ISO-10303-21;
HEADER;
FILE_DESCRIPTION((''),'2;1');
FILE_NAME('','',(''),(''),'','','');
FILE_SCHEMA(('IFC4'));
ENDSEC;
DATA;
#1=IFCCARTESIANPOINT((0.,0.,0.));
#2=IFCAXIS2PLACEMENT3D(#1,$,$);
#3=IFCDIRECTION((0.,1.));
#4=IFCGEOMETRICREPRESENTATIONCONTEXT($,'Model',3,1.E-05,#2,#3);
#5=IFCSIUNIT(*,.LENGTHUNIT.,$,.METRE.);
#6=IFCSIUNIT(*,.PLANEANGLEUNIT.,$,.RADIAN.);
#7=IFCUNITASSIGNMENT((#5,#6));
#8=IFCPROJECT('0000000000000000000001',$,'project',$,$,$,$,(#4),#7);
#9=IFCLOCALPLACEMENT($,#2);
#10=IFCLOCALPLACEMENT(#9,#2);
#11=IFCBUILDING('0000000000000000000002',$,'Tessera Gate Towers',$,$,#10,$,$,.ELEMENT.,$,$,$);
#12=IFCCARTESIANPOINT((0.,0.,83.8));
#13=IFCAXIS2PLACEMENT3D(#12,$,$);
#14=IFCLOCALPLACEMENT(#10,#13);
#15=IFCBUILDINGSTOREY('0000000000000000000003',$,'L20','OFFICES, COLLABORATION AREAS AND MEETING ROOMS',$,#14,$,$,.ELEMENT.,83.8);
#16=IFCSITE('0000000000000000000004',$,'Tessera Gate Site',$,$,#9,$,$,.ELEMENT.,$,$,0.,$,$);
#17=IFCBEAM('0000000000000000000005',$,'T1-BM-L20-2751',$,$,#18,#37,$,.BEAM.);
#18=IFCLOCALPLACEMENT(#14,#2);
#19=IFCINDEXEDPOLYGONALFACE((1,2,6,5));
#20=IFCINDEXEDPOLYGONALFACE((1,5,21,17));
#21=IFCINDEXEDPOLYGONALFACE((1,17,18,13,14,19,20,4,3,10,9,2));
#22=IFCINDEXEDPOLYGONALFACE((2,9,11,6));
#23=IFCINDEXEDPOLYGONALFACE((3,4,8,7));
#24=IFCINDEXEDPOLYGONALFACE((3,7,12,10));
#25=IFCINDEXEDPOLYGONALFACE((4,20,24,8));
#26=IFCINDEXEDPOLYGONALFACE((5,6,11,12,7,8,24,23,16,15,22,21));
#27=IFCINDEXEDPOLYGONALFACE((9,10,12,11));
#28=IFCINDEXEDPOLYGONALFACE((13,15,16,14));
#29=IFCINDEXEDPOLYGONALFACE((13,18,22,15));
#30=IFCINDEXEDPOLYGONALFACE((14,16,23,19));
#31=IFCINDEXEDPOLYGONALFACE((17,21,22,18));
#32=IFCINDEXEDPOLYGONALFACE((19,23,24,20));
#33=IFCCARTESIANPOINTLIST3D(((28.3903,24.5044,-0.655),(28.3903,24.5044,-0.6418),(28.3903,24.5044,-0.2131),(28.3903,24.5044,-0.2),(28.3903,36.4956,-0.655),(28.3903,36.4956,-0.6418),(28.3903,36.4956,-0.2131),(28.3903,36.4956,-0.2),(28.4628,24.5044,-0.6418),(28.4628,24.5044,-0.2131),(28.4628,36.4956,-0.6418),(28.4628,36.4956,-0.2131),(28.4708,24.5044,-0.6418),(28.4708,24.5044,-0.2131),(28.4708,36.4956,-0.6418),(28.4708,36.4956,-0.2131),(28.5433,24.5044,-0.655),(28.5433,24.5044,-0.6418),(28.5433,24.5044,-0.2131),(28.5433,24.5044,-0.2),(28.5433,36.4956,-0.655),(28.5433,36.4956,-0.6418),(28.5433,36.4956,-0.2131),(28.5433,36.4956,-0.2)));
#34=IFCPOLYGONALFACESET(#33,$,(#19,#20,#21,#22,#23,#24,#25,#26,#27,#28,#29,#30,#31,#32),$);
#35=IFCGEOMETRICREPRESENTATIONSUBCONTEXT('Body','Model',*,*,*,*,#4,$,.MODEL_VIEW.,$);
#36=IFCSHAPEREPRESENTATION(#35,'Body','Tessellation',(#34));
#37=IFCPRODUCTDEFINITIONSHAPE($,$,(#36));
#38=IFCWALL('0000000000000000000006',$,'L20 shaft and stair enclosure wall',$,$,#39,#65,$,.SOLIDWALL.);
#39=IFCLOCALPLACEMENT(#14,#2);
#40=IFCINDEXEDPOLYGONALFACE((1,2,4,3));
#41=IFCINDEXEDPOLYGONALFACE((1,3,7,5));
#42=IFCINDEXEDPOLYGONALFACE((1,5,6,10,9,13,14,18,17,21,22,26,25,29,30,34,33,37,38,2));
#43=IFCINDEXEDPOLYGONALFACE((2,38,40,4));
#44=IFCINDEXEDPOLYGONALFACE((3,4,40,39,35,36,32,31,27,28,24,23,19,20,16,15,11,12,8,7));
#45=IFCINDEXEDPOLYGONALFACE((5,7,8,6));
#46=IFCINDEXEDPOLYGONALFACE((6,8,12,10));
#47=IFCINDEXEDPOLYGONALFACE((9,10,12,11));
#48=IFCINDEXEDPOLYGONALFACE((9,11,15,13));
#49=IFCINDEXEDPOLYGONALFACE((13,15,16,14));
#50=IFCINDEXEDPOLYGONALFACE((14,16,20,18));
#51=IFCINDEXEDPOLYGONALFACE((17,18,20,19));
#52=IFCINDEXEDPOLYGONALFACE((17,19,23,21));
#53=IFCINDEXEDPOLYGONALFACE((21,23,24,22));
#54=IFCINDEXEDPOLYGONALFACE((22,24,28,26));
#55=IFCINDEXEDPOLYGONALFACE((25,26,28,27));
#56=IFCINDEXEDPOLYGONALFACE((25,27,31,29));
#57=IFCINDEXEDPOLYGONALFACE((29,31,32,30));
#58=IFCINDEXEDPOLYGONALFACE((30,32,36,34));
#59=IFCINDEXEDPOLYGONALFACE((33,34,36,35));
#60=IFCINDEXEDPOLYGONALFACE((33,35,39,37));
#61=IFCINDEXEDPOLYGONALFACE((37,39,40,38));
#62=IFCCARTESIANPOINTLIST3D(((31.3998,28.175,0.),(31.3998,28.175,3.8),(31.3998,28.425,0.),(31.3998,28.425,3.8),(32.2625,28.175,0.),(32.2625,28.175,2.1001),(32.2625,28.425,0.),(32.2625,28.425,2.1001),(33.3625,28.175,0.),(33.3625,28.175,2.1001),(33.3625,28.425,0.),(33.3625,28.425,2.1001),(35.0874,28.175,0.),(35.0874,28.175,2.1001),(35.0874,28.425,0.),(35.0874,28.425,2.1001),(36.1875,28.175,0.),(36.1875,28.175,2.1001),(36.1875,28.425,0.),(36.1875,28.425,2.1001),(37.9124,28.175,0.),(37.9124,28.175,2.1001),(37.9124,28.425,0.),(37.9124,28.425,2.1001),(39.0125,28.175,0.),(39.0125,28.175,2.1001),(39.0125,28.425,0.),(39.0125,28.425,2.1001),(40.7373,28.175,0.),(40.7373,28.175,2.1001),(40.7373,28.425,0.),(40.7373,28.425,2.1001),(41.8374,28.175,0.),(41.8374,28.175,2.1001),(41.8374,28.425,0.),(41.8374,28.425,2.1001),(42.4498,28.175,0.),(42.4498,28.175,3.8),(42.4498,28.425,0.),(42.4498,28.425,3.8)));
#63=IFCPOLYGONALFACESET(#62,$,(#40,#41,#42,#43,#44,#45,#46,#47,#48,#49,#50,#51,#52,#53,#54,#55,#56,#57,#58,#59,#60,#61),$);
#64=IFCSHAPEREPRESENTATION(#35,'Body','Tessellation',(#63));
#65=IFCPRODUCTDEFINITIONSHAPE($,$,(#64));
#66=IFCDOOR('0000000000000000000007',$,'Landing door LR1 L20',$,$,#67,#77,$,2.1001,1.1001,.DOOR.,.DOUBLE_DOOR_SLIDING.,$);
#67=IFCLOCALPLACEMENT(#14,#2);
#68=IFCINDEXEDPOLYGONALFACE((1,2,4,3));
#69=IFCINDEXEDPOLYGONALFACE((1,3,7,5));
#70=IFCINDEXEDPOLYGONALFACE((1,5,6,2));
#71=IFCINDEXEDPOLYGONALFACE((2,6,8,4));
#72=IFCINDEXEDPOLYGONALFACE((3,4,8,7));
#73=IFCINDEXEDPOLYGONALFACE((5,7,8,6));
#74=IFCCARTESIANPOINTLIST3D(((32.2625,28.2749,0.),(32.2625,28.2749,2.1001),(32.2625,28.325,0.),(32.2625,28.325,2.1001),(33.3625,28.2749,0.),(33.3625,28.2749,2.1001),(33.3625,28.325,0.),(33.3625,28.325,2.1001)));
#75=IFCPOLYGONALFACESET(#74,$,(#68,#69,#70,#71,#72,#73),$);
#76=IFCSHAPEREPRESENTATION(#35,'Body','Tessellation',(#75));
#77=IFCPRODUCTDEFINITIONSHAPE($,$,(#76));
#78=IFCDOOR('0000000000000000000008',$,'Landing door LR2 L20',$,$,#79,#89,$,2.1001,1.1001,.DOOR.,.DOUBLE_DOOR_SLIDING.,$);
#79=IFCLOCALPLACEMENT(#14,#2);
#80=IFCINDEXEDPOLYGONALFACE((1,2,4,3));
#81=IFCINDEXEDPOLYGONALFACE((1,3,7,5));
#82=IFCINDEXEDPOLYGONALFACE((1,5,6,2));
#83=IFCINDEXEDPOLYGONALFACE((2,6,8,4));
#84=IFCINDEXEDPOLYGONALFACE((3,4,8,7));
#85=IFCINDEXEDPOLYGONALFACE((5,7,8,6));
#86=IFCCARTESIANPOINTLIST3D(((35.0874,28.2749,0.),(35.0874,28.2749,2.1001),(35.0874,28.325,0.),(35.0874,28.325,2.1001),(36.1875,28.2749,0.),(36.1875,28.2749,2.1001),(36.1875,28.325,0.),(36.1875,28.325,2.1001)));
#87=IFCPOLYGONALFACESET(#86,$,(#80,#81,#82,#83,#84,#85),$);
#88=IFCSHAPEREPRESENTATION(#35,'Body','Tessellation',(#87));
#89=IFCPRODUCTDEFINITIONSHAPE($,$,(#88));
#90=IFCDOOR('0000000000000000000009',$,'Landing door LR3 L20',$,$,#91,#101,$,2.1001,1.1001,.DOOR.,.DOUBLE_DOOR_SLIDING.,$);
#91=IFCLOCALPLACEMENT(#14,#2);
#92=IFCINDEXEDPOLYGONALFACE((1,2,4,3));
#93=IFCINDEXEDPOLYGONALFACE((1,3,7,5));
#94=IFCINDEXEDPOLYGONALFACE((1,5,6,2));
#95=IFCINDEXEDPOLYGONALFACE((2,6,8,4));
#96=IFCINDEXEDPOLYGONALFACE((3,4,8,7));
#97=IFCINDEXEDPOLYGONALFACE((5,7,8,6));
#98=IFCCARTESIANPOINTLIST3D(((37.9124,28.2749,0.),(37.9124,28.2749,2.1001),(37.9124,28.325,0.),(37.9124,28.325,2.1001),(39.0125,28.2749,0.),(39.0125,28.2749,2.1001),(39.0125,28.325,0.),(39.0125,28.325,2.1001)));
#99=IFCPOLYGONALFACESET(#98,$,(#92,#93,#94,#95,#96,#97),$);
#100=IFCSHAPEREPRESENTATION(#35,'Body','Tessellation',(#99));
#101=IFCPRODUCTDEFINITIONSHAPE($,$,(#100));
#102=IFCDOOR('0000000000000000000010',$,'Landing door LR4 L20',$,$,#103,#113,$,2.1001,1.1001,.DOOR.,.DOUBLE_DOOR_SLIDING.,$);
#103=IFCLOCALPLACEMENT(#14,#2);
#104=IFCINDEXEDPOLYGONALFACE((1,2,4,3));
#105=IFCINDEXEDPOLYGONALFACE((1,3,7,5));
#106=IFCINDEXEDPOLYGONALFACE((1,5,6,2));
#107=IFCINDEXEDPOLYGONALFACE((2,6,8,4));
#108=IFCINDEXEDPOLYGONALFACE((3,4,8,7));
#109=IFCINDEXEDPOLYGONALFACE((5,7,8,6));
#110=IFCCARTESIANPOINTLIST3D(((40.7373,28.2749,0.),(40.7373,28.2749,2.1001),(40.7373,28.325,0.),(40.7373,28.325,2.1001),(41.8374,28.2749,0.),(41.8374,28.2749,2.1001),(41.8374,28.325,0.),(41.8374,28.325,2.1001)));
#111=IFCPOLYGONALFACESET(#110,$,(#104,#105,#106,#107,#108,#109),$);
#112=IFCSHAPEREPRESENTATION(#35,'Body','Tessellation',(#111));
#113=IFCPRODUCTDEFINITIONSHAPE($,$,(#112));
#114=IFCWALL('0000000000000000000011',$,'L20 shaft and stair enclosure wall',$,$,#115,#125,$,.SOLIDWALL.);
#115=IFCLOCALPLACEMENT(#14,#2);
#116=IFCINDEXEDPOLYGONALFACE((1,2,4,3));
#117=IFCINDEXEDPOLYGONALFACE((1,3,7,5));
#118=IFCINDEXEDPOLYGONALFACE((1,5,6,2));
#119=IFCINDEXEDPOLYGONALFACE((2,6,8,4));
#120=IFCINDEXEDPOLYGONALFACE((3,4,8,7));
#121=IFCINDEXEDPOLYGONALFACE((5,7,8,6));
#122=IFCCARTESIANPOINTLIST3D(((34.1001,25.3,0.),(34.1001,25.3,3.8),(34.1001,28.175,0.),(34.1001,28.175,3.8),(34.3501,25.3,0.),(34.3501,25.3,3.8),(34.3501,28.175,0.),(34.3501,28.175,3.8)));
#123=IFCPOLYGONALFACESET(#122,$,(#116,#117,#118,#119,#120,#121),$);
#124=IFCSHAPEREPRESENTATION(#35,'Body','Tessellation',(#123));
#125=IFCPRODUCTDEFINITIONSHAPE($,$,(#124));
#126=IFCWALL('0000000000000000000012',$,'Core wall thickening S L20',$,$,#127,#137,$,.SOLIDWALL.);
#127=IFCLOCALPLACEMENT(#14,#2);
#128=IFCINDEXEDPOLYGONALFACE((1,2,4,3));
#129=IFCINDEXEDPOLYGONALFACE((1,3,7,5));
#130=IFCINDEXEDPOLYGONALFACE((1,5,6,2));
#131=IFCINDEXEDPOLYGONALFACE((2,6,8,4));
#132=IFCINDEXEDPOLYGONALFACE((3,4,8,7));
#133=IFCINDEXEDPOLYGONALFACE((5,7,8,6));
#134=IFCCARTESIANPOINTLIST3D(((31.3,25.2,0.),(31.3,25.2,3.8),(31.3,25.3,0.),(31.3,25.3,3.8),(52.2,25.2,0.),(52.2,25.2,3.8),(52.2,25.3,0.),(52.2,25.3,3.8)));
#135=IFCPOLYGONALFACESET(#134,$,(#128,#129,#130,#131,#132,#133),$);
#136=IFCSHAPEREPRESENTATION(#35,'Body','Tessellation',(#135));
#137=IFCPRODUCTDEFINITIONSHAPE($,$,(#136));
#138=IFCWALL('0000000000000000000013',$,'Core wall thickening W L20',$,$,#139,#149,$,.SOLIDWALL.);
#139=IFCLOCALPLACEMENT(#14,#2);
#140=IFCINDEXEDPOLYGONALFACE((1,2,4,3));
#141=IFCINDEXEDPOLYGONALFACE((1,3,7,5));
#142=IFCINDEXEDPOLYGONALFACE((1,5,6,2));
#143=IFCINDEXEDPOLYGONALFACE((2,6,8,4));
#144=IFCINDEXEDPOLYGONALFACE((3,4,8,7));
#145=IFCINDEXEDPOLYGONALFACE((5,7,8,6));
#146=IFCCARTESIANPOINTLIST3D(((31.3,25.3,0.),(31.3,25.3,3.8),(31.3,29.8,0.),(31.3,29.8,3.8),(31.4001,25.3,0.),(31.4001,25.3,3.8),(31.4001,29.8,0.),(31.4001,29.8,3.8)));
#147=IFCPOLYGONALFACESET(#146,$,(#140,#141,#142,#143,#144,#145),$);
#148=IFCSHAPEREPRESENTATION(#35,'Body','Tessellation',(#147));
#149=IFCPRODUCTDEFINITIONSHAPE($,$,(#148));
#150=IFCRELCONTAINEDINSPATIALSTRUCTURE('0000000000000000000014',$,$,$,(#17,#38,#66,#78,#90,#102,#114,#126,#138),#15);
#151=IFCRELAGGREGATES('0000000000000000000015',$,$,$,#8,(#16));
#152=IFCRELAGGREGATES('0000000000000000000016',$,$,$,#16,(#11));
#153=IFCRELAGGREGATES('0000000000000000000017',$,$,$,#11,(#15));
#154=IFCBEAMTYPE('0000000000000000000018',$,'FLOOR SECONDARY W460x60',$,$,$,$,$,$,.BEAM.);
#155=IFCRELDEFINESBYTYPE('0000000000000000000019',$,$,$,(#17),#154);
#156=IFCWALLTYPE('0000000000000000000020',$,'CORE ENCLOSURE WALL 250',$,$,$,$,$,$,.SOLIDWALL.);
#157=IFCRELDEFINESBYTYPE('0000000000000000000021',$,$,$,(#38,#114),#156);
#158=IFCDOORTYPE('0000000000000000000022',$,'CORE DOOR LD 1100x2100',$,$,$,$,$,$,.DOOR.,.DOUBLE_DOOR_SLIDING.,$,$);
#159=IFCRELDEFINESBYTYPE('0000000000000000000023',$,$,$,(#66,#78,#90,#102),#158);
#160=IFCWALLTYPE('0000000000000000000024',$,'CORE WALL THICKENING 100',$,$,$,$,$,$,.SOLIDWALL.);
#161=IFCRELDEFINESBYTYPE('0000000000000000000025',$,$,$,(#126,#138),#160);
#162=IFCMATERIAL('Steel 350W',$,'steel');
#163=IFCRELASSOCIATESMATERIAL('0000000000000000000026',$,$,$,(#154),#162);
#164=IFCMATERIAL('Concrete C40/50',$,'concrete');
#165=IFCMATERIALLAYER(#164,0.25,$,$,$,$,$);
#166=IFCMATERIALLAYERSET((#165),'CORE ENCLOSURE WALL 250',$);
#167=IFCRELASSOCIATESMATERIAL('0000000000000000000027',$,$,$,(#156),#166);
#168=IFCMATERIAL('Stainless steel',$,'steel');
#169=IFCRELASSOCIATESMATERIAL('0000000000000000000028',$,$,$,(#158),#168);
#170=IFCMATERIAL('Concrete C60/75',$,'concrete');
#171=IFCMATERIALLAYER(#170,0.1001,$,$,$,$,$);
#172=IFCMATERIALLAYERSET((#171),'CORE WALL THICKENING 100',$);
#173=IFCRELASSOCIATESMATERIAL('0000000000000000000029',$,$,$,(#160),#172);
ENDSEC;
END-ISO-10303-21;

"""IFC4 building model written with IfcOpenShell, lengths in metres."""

from ifc_helpers import new_model, si_unit, direction, frame, frame_2d, origin, origin_2d, place, context, subcontext, project, spatial, rectangle, i_section, extrude, source, transform, mapped, material, layer, layer_set, material_profile, profile_set, type_object, element, fill, save


model = new_model("IFC4")

# Units and contexts
model_context = context("Model", 3, precision=1e-05, world=origin(), true_north=direction((0.0, 1.0)))
body_context = subcontext(model_context, "Body", "Model", "MODEL_VIEW")
ifc_project = project(units=[si_unit("LENGTHUNIT", "METRE"), si_unit("PLANEANGLEUNIT", "RADIAN")], contexts=[model_context])

# Site, building, storey
site_placement = place(None, origin())
site = spatial("IfcSite", under=ifc_project, at=site_placement, Name="Tessera Gate Site", CompositionType="ELEMENT", RefElevation=0.0)
building_placement = place(site_placement, origin())
building = spatial("IfcBuilding", under=site, at=building_placement, Name="Tessera Gate Towers", CompositionType="ELEMENT")
storey_placement = place(building_placement, frame((0.0, 0.0, 83.8)))
storey = spatial("IfcBuildingStorey", under=building, at=storey_placement, Name="L20", Description="OFFICES, COLLABORATION AREAS AND MEETING ROOMS", CompositionType="ELEMENT", Elevation=83.8)

# Beam
ifc_material_1 = material(Name="Steel 350W", Category="steel")
ifc_material_profile = material_profile(ifc_material_1, i_section(OverallWidth=0.1531, OverallDepth=0.4551, WebThickness=0.0081, FlangeThickness=0.0132, at=origin_2d()), Name="W460x60")
ifc_profile_set = profile_set([ifc_material_profile], Name="Steel 350W")
beam_type = type_object("IfcBeamType", Name="FLOOR SECONDARY W460x60", PredefinedType="BEAM", material=ifc_profile_set)
beam_placement = place(storey_placement, frame((28.4668, 24.5044, -0.4275), z_axis=(0.0, 1.0, 0.0), x_axis=(-1.0, 0.0, 0.0)))
element("IfcBeam", 1, at=beam_placement, inside=storey, type_object=beam_type, Name="T1-BM-L20-2751", PredefinedType="BEAM", context=body_context, shape_type="SweptSolid", body=[
    extrude(i_section(OverallWidth=0.1531, OverallDepth=0.4551, WebThickness=0.0081, FlangeThickness=0.0132, at=origin_2d()), origin(), (0.0, 0.0, 1.0), 11.9912),
])

# Wall, openings, doors
ifc_material_2 = material(Name="Concrete C40/50", Category="concrete")
ifc_layer_1 = layer(ifc_material_2, 0.25)
ifc_layer_set_1 = layer_set([ifc_layer_1], Name="CORE ENCLOSURE WALL 250")
wall_type_1 = type_object("IfcWallType", Name="CORE ENCLOSURE WALL 250", PredefinedType="SOLIDWALL", material=ifc_layer_set_1)
wall_1_placement = place(storey_placement, frame((31.3999, 28.3, 0.0), z_axis=(0.0, 0.0, 1.0), x_axis=(1.0, 0.0, 0.0)))
wall_1 = element("IfcWall", 2, at=wall_1_placement, inside=storey, type_object=wall_type_1, Name="L20 shaft and stair enclosure wall", PredefinedType="SOLIDWALL", context=body_context, shape_type="SweptSolid", body=[
    extrude(rectangle(XDim=11.05, YDim=0.25, at=frame_2d((5.5249, 0.0))), origin(), (0.0, 0.0, 1.0), 3.8),
])
shared_shape_1 = source(origin(), body_context, "Body", "SweptSolid", [
    extrude(rectangle(XDim=1.1001, YDim=2.1001, at=frame_2d((0.55, 1.05))), frame((0.0, 0.135, 0.0), z_axis=(0.0, -1.0, 0.0), x_axis=(1.0, 0.0, 0.0)), (0.0, 0.0, 1.0), 0.27),
])
opening_1_placement = place(wall_1_placement, frame((0.8625, 0.0, 0.0)))
opening_1 = element("IfcOpeningElement", 3, at=opening_1_placement, cuts=wall_1, PredefinedType="OPENING", context=body_context, shape_type="MappedRepresentation", body=[
    mapped(shared_shape_1, transform((0.0, 0.0, 0.0), scale=1.0)),
])
opening_2_placement = place(wall_1_placement, frame((3.6875, 0.0, 0.0)))
opening_2 = element("IfcOpeningElement", 4, at=opening_2_placement, cuts=wall_1, PredefinedType="OPENING", context=body_context, shape_type="MappedRepresentation", body=[
    mapped(shared_shape_1, transform((0.0, 0.0, 0.0), scale=1.0)),
])
opening_3_placement = place(wall_1_placement, frame((6.5125, 0.0, 0.0)))
opening_3 = element("IfcOpeningElement", 5, at=opening_3_placement, cuts=wall_1, PredefinedType="OPENING", context=body_context, shape_type="MappedRepresentation", body=[
    mapped(shared_shape_1, transform((0.0, 0.0, 0.0), scale=1.0)),
])
opening_4_placement = place(wall_1_placement, frame((9.3374, 0.0, 0.0)))
opening_4 = element("IfcOpeningElement", 6, at=opening_4_placement, cuts=wall_1, PredefinedType="OPENING", context=body_context, shape_type="MappedRepresentation", body=[
    mapped(shared_shape_1, transform((0.0, 0.0, 0.0), scale=1.0)),
])
ifc_material_3 = material(Name="Stainless steel", Category="steel")
door_type_1 = type_object("IfcDoorType", Name="CORE DOOR LD 1100x2100", OperationType="DOUBLE_DOOR_SLIDING", PredefinedType="DOOR", material=ifc_material_3)
shared_shape_2 = source(origin(), body_context, "Body", "SweptSolid", [
    extrude(rectangle(XDim=1.1001, YDim=2.1001, at=frame_2d((0.55, 1.05))), frame((0.0, 0.0249, 0.0), z_axis=(0.0, -1.0, 0.0), x_axis=(1.0, 0.0, 0.0)), (0.0, 0.0, 1.0), 0.05),
])
door_1_placement = place(opening_1_placement, origin())
door_1 = element("IfcDoor", 7, at=door_1_placement, inside=storey, type_object=door_type_1, Name="Landing door LR1 L20", OperationType="DOUBLE_DOOR_SLIDING", OverallHeight=2.1001, OverallWidth=1.1001, PredefinedType="DOOR", context=body_context, shape_type="MappedRepresentation", body=[
    mapped(shared_shape_2, transform((0.0, 0.0, 0.0), scale=1.0)),
])
fill(opening_1, door_1)
door_2_placement = place(opening_2_placement, origin())
door_2 = element("IfcDoor", 8, at=door_2_placement, inside=storey, type_object=door_type_1, Name="Landing door LR2 L20", OperationType="DOUBLE_DOOR_SLIDING", OverallHeight=2.1001, OverallWidth=1.1001, PredefinedType="DOOR", context=body_context, shape_type="MappedRepresentation", body=[
    mapped(shared_shape_2, transform((0.0, 0.0, 0.0), scale=1.0)),
])
fill(opening_2, door_2)
door_3_placement = place(opening_3_placement, origin())
door_3 = element("IfcDoor", 9, at=door_3_placement, inside=storey, type_object=door_type_1, Name="Landing door LR3 L20", OperationType="DOUBLE_DOOR_SLIDING", OverallHeight=2.1001, OverallWidth=1.1001, PredefinedType="DOOR", context=body_context, shape_type="MappedRepresentation", body=[
    mapped(shared_shape_2, transform((0.0, 0.0, 0.0), scale=1.0)),
])
fill(opening_3, door_3)
door_4_placement = place(opening_4_placement, origin())
door_4 = element("IfcDoor", 10, at=door_4_placement, inside=storey, type_object=door_type_1, Name="Landing door LR4 L20", OperationType="DOUBLE_DOOR_SLIDING", OverallHeight=2.1001, OverallWidth=1.1001, PredefinedType="DOOR", context=body_context, shape_type="MappedRepresentation", body=[
    mapped(shared_shape_2, transform((0.0, 0.0, 0.0), scale=1.0)),
])
fill(opening_4, door_4)

# Wall
wall_2_placement = place(storey_placement, frame((34.2251, 25.3, 0.0), z_axis=(0.0, 0.0, 1.0), x_axis=(0.0, 1.0, 0.0)))
element("IfcWall", 11, at=wall_2_placement, inside=storey, type_object=wall_type_1, Name="L20 shaft and stair enclosure wall", PredefinedType="SOLIDWALL", context=body_context, shape_type="SweptSolid", body=[
    extrude(rectangle(XDim=2.875, YDim=0.25, at=frame_2d((1.4375, 0.0))), origin(), (0.0, 0.0, 1.0), 3.8),
])

# Walls
ifc_material_4 = material(Name="Concrete C60/75", Category="concrete")
ifc_layer_2 = layer(ifc_material_4, 0.1001)
ifc_layer_set_2 = layer_set([ifc_layer_2], Name="CORE WALL THICKENING 100")
wall_type_2 = type_object("IfcWallType", Name="CORE WALL THICKENING 100", PredefinedType="SOLIDWALL", material=ifc_layer_set_2)
wall_3_placement = place(storey_placement, frame((31.3, 25.25, 0.0), z_axis=(0.0, 0.0, 1.0), x_axis=(1.0, 0.0, 0.0)))
element("IfcWall", 12, at=wall_3_placement, inside=storey, type_object=wall_type_2, Name="Core wall thickening S L20", PredefinedType="SOLIDWALL", context=body_context, shape_type="SweptSolid", body=[
    extrude(rectangle(XDim=20.8999, YDim=0.1001, at=frame_2d((10.45, 0.0))), origin(), (0.0, 0.0, 1.0), 3.8),
])
wall_4_placement = place(storey_placement, frame((31.3501, 25.3, 0.0), z_axis=(0.0, 0.0, 1.0), x_axis=(0.0, 1.0, 0.0)))
element("IfcWall", 13, at=wall_4_placement, inside=storey, type_object=wall_type_2, Name="Core wall thickening W L20", PredefinedType="SOLIDWALL", context=body_context, shape_type="SweptSolid", body=[
    extrude(rectangle(XDim=4.5, YDim=0.1001, at=frame_2d((2.25, 0.0))), origin(), (0.0, 0.0, 1.0), 3.8),
])

save(model, "model.ifc")
